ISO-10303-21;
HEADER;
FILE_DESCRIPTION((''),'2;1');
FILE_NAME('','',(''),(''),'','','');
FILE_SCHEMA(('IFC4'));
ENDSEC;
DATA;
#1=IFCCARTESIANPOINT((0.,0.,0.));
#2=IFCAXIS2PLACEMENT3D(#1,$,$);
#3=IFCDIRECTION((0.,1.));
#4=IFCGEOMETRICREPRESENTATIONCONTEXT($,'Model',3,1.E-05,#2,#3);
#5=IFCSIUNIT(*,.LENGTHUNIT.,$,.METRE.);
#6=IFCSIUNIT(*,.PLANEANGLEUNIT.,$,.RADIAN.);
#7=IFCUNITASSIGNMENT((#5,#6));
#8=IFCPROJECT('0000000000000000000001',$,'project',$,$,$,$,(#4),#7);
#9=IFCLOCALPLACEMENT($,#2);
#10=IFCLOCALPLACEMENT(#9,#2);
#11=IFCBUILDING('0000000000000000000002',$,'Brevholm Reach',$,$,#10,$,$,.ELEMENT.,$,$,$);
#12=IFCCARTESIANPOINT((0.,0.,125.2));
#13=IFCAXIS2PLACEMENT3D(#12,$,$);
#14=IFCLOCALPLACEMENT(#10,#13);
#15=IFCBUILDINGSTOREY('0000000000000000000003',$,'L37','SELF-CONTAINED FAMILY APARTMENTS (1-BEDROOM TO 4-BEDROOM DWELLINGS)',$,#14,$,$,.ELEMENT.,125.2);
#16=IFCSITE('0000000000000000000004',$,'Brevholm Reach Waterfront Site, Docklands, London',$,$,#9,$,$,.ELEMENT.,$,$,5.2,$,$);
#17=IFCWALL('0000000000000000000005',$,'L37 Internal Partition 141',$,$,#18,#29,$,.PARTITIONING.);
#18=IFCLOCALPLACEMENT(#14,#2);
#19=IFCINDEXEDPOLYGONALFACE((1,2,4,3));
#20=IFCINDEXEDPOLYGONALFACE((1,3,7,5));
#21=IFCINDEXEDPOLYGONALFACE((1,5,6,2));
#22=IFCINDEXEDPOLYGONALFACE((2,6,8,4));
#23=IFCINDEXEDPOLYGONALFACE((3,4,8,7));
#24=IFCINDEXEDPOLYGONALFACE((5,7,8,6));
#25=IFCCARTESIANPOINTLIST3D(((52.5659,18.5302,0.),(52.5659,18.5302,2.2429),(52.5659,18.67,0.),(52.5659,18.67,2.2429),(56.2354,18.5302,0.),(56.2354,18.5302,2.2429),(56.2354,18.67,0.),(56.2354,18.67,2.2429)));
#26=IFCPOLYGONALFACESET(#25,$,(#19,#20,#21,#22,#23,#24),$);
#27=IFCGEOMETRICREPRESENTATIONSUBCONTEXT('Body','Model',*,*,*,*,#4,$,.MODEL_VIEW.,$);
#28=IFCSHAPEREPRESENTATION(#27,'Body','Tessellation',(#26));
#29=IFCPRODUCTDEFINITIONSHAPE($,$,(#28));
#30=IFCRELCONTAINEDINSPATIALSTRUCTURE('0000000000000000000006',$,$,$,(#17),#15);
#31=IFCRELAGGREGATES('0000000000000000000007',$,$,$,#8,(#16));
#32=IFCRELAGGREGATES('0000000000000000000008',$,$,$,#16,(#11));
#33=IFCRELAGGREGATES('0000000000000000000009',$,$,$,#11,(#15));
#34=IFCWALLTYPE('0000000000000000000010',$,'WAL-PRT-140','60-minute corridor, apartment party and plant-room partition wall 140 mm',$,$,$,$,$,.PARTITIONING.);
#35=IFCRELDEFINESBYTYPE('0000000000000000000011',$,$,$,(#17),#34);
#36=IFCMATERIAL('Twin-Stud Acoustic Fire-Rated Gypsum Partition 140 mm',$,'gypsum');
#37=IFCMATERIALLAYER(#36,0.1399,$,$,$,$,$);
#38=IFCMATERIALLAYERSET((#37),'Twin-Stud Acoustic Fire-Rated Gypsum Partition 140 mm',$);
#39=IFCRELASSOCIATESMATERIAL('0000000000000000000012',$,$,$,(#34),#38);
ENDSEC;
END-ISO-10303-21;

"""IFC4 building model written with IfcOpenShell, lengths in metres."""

from ifc_helpers import new_model, si_unit, direction, frame, frame_2d, origin, place, context, subcontext, project, spatial, rectangle, extrude, material, layer, layer_set, type_object, element, save


model = new_model("IFC4")

# Units and contexts
model_context = context("Model", 3, precision=1e-05, world=origin(), true_north=direction((0.0, 1.0)))
body_context = subcontext(model_context, "Body", "Model", "MODEL_VIEW")
ifc_project = project(units=[si_unit("LENGTHUNIT", "METRE"), si_unit("PLANEANGLEUNIT", "RADIAN")], contexts=[model_context])

# Site, building, storey
site_placement = place(None, origin())
site = spatial("IfcSite", under=ifc_project, at=site_placement, Name="Brevholm Reach Waterfront Site, Docklands, London", CompositionType="ELEMENT", RefElevation=5.2)
building_placement = place(site_placement, origin())
building = spatial("IfcBuilding", under=site, at=building_placement, Name="Brevholm Reach", CompositionType="ELEMENT")
storey_placement = place(building_placement, frame((0.0, 0.0, 125.2)))
storey = spatial("IfcBuildingStorey", under=building, at=storey_placement, Name="L37", Description="SELF-CONTAINED FAMILY APARTMENTS (1-BEDROOM TO 4-BEDROOM DWELLINGS)", CompositionType="ELEMENT", Elevation=125.2)

# Shared definitions
ifc_material_1 = material(Name="Twin-Stud Acoustic Fire-Rated Gypsum Partition 140 mm", Category="gypsum")
ifc_layer_1 = layer(ifc_material_1, 0.1399)
ifc_layer_set_1 = layer_set([ifc_layer_1], Name="Twin-Stud Acoustic Fire-Rated Gypsum Partition 140 mm")
wall_type_1 = type_object("IfcWallType", Name="WAL-PRT-140", Description="60-minute corridor, apartment party and plant-room partition wall 140 mm", PredefinedType="PARTITIONING", material=ifc_layer_set_1)

# Wall
wall_1_placement = place(storey_placement, frame((52.5659, 18.6001, 0.0), z_axis=(0.0, 0.0, 1.0), x_axis=(1.0, 0.0, 0.0)))
element("IfcWall", 1, at=wall_1_placement, inside=storey, type_object=wall_type_1, Name="L37 Internal Partition 141", PredefinedType="PARTITIONING", context=body_context, shape_type="SweptSolid", body=[
    extrude(rectangle(XDim=3.6694, YDim=0.1399, at=frame_2d((1.8347, 0.0))), origin(), (0.0, 0.0, 1.0), 2.2429),
])

save(model, "model.ifc")
